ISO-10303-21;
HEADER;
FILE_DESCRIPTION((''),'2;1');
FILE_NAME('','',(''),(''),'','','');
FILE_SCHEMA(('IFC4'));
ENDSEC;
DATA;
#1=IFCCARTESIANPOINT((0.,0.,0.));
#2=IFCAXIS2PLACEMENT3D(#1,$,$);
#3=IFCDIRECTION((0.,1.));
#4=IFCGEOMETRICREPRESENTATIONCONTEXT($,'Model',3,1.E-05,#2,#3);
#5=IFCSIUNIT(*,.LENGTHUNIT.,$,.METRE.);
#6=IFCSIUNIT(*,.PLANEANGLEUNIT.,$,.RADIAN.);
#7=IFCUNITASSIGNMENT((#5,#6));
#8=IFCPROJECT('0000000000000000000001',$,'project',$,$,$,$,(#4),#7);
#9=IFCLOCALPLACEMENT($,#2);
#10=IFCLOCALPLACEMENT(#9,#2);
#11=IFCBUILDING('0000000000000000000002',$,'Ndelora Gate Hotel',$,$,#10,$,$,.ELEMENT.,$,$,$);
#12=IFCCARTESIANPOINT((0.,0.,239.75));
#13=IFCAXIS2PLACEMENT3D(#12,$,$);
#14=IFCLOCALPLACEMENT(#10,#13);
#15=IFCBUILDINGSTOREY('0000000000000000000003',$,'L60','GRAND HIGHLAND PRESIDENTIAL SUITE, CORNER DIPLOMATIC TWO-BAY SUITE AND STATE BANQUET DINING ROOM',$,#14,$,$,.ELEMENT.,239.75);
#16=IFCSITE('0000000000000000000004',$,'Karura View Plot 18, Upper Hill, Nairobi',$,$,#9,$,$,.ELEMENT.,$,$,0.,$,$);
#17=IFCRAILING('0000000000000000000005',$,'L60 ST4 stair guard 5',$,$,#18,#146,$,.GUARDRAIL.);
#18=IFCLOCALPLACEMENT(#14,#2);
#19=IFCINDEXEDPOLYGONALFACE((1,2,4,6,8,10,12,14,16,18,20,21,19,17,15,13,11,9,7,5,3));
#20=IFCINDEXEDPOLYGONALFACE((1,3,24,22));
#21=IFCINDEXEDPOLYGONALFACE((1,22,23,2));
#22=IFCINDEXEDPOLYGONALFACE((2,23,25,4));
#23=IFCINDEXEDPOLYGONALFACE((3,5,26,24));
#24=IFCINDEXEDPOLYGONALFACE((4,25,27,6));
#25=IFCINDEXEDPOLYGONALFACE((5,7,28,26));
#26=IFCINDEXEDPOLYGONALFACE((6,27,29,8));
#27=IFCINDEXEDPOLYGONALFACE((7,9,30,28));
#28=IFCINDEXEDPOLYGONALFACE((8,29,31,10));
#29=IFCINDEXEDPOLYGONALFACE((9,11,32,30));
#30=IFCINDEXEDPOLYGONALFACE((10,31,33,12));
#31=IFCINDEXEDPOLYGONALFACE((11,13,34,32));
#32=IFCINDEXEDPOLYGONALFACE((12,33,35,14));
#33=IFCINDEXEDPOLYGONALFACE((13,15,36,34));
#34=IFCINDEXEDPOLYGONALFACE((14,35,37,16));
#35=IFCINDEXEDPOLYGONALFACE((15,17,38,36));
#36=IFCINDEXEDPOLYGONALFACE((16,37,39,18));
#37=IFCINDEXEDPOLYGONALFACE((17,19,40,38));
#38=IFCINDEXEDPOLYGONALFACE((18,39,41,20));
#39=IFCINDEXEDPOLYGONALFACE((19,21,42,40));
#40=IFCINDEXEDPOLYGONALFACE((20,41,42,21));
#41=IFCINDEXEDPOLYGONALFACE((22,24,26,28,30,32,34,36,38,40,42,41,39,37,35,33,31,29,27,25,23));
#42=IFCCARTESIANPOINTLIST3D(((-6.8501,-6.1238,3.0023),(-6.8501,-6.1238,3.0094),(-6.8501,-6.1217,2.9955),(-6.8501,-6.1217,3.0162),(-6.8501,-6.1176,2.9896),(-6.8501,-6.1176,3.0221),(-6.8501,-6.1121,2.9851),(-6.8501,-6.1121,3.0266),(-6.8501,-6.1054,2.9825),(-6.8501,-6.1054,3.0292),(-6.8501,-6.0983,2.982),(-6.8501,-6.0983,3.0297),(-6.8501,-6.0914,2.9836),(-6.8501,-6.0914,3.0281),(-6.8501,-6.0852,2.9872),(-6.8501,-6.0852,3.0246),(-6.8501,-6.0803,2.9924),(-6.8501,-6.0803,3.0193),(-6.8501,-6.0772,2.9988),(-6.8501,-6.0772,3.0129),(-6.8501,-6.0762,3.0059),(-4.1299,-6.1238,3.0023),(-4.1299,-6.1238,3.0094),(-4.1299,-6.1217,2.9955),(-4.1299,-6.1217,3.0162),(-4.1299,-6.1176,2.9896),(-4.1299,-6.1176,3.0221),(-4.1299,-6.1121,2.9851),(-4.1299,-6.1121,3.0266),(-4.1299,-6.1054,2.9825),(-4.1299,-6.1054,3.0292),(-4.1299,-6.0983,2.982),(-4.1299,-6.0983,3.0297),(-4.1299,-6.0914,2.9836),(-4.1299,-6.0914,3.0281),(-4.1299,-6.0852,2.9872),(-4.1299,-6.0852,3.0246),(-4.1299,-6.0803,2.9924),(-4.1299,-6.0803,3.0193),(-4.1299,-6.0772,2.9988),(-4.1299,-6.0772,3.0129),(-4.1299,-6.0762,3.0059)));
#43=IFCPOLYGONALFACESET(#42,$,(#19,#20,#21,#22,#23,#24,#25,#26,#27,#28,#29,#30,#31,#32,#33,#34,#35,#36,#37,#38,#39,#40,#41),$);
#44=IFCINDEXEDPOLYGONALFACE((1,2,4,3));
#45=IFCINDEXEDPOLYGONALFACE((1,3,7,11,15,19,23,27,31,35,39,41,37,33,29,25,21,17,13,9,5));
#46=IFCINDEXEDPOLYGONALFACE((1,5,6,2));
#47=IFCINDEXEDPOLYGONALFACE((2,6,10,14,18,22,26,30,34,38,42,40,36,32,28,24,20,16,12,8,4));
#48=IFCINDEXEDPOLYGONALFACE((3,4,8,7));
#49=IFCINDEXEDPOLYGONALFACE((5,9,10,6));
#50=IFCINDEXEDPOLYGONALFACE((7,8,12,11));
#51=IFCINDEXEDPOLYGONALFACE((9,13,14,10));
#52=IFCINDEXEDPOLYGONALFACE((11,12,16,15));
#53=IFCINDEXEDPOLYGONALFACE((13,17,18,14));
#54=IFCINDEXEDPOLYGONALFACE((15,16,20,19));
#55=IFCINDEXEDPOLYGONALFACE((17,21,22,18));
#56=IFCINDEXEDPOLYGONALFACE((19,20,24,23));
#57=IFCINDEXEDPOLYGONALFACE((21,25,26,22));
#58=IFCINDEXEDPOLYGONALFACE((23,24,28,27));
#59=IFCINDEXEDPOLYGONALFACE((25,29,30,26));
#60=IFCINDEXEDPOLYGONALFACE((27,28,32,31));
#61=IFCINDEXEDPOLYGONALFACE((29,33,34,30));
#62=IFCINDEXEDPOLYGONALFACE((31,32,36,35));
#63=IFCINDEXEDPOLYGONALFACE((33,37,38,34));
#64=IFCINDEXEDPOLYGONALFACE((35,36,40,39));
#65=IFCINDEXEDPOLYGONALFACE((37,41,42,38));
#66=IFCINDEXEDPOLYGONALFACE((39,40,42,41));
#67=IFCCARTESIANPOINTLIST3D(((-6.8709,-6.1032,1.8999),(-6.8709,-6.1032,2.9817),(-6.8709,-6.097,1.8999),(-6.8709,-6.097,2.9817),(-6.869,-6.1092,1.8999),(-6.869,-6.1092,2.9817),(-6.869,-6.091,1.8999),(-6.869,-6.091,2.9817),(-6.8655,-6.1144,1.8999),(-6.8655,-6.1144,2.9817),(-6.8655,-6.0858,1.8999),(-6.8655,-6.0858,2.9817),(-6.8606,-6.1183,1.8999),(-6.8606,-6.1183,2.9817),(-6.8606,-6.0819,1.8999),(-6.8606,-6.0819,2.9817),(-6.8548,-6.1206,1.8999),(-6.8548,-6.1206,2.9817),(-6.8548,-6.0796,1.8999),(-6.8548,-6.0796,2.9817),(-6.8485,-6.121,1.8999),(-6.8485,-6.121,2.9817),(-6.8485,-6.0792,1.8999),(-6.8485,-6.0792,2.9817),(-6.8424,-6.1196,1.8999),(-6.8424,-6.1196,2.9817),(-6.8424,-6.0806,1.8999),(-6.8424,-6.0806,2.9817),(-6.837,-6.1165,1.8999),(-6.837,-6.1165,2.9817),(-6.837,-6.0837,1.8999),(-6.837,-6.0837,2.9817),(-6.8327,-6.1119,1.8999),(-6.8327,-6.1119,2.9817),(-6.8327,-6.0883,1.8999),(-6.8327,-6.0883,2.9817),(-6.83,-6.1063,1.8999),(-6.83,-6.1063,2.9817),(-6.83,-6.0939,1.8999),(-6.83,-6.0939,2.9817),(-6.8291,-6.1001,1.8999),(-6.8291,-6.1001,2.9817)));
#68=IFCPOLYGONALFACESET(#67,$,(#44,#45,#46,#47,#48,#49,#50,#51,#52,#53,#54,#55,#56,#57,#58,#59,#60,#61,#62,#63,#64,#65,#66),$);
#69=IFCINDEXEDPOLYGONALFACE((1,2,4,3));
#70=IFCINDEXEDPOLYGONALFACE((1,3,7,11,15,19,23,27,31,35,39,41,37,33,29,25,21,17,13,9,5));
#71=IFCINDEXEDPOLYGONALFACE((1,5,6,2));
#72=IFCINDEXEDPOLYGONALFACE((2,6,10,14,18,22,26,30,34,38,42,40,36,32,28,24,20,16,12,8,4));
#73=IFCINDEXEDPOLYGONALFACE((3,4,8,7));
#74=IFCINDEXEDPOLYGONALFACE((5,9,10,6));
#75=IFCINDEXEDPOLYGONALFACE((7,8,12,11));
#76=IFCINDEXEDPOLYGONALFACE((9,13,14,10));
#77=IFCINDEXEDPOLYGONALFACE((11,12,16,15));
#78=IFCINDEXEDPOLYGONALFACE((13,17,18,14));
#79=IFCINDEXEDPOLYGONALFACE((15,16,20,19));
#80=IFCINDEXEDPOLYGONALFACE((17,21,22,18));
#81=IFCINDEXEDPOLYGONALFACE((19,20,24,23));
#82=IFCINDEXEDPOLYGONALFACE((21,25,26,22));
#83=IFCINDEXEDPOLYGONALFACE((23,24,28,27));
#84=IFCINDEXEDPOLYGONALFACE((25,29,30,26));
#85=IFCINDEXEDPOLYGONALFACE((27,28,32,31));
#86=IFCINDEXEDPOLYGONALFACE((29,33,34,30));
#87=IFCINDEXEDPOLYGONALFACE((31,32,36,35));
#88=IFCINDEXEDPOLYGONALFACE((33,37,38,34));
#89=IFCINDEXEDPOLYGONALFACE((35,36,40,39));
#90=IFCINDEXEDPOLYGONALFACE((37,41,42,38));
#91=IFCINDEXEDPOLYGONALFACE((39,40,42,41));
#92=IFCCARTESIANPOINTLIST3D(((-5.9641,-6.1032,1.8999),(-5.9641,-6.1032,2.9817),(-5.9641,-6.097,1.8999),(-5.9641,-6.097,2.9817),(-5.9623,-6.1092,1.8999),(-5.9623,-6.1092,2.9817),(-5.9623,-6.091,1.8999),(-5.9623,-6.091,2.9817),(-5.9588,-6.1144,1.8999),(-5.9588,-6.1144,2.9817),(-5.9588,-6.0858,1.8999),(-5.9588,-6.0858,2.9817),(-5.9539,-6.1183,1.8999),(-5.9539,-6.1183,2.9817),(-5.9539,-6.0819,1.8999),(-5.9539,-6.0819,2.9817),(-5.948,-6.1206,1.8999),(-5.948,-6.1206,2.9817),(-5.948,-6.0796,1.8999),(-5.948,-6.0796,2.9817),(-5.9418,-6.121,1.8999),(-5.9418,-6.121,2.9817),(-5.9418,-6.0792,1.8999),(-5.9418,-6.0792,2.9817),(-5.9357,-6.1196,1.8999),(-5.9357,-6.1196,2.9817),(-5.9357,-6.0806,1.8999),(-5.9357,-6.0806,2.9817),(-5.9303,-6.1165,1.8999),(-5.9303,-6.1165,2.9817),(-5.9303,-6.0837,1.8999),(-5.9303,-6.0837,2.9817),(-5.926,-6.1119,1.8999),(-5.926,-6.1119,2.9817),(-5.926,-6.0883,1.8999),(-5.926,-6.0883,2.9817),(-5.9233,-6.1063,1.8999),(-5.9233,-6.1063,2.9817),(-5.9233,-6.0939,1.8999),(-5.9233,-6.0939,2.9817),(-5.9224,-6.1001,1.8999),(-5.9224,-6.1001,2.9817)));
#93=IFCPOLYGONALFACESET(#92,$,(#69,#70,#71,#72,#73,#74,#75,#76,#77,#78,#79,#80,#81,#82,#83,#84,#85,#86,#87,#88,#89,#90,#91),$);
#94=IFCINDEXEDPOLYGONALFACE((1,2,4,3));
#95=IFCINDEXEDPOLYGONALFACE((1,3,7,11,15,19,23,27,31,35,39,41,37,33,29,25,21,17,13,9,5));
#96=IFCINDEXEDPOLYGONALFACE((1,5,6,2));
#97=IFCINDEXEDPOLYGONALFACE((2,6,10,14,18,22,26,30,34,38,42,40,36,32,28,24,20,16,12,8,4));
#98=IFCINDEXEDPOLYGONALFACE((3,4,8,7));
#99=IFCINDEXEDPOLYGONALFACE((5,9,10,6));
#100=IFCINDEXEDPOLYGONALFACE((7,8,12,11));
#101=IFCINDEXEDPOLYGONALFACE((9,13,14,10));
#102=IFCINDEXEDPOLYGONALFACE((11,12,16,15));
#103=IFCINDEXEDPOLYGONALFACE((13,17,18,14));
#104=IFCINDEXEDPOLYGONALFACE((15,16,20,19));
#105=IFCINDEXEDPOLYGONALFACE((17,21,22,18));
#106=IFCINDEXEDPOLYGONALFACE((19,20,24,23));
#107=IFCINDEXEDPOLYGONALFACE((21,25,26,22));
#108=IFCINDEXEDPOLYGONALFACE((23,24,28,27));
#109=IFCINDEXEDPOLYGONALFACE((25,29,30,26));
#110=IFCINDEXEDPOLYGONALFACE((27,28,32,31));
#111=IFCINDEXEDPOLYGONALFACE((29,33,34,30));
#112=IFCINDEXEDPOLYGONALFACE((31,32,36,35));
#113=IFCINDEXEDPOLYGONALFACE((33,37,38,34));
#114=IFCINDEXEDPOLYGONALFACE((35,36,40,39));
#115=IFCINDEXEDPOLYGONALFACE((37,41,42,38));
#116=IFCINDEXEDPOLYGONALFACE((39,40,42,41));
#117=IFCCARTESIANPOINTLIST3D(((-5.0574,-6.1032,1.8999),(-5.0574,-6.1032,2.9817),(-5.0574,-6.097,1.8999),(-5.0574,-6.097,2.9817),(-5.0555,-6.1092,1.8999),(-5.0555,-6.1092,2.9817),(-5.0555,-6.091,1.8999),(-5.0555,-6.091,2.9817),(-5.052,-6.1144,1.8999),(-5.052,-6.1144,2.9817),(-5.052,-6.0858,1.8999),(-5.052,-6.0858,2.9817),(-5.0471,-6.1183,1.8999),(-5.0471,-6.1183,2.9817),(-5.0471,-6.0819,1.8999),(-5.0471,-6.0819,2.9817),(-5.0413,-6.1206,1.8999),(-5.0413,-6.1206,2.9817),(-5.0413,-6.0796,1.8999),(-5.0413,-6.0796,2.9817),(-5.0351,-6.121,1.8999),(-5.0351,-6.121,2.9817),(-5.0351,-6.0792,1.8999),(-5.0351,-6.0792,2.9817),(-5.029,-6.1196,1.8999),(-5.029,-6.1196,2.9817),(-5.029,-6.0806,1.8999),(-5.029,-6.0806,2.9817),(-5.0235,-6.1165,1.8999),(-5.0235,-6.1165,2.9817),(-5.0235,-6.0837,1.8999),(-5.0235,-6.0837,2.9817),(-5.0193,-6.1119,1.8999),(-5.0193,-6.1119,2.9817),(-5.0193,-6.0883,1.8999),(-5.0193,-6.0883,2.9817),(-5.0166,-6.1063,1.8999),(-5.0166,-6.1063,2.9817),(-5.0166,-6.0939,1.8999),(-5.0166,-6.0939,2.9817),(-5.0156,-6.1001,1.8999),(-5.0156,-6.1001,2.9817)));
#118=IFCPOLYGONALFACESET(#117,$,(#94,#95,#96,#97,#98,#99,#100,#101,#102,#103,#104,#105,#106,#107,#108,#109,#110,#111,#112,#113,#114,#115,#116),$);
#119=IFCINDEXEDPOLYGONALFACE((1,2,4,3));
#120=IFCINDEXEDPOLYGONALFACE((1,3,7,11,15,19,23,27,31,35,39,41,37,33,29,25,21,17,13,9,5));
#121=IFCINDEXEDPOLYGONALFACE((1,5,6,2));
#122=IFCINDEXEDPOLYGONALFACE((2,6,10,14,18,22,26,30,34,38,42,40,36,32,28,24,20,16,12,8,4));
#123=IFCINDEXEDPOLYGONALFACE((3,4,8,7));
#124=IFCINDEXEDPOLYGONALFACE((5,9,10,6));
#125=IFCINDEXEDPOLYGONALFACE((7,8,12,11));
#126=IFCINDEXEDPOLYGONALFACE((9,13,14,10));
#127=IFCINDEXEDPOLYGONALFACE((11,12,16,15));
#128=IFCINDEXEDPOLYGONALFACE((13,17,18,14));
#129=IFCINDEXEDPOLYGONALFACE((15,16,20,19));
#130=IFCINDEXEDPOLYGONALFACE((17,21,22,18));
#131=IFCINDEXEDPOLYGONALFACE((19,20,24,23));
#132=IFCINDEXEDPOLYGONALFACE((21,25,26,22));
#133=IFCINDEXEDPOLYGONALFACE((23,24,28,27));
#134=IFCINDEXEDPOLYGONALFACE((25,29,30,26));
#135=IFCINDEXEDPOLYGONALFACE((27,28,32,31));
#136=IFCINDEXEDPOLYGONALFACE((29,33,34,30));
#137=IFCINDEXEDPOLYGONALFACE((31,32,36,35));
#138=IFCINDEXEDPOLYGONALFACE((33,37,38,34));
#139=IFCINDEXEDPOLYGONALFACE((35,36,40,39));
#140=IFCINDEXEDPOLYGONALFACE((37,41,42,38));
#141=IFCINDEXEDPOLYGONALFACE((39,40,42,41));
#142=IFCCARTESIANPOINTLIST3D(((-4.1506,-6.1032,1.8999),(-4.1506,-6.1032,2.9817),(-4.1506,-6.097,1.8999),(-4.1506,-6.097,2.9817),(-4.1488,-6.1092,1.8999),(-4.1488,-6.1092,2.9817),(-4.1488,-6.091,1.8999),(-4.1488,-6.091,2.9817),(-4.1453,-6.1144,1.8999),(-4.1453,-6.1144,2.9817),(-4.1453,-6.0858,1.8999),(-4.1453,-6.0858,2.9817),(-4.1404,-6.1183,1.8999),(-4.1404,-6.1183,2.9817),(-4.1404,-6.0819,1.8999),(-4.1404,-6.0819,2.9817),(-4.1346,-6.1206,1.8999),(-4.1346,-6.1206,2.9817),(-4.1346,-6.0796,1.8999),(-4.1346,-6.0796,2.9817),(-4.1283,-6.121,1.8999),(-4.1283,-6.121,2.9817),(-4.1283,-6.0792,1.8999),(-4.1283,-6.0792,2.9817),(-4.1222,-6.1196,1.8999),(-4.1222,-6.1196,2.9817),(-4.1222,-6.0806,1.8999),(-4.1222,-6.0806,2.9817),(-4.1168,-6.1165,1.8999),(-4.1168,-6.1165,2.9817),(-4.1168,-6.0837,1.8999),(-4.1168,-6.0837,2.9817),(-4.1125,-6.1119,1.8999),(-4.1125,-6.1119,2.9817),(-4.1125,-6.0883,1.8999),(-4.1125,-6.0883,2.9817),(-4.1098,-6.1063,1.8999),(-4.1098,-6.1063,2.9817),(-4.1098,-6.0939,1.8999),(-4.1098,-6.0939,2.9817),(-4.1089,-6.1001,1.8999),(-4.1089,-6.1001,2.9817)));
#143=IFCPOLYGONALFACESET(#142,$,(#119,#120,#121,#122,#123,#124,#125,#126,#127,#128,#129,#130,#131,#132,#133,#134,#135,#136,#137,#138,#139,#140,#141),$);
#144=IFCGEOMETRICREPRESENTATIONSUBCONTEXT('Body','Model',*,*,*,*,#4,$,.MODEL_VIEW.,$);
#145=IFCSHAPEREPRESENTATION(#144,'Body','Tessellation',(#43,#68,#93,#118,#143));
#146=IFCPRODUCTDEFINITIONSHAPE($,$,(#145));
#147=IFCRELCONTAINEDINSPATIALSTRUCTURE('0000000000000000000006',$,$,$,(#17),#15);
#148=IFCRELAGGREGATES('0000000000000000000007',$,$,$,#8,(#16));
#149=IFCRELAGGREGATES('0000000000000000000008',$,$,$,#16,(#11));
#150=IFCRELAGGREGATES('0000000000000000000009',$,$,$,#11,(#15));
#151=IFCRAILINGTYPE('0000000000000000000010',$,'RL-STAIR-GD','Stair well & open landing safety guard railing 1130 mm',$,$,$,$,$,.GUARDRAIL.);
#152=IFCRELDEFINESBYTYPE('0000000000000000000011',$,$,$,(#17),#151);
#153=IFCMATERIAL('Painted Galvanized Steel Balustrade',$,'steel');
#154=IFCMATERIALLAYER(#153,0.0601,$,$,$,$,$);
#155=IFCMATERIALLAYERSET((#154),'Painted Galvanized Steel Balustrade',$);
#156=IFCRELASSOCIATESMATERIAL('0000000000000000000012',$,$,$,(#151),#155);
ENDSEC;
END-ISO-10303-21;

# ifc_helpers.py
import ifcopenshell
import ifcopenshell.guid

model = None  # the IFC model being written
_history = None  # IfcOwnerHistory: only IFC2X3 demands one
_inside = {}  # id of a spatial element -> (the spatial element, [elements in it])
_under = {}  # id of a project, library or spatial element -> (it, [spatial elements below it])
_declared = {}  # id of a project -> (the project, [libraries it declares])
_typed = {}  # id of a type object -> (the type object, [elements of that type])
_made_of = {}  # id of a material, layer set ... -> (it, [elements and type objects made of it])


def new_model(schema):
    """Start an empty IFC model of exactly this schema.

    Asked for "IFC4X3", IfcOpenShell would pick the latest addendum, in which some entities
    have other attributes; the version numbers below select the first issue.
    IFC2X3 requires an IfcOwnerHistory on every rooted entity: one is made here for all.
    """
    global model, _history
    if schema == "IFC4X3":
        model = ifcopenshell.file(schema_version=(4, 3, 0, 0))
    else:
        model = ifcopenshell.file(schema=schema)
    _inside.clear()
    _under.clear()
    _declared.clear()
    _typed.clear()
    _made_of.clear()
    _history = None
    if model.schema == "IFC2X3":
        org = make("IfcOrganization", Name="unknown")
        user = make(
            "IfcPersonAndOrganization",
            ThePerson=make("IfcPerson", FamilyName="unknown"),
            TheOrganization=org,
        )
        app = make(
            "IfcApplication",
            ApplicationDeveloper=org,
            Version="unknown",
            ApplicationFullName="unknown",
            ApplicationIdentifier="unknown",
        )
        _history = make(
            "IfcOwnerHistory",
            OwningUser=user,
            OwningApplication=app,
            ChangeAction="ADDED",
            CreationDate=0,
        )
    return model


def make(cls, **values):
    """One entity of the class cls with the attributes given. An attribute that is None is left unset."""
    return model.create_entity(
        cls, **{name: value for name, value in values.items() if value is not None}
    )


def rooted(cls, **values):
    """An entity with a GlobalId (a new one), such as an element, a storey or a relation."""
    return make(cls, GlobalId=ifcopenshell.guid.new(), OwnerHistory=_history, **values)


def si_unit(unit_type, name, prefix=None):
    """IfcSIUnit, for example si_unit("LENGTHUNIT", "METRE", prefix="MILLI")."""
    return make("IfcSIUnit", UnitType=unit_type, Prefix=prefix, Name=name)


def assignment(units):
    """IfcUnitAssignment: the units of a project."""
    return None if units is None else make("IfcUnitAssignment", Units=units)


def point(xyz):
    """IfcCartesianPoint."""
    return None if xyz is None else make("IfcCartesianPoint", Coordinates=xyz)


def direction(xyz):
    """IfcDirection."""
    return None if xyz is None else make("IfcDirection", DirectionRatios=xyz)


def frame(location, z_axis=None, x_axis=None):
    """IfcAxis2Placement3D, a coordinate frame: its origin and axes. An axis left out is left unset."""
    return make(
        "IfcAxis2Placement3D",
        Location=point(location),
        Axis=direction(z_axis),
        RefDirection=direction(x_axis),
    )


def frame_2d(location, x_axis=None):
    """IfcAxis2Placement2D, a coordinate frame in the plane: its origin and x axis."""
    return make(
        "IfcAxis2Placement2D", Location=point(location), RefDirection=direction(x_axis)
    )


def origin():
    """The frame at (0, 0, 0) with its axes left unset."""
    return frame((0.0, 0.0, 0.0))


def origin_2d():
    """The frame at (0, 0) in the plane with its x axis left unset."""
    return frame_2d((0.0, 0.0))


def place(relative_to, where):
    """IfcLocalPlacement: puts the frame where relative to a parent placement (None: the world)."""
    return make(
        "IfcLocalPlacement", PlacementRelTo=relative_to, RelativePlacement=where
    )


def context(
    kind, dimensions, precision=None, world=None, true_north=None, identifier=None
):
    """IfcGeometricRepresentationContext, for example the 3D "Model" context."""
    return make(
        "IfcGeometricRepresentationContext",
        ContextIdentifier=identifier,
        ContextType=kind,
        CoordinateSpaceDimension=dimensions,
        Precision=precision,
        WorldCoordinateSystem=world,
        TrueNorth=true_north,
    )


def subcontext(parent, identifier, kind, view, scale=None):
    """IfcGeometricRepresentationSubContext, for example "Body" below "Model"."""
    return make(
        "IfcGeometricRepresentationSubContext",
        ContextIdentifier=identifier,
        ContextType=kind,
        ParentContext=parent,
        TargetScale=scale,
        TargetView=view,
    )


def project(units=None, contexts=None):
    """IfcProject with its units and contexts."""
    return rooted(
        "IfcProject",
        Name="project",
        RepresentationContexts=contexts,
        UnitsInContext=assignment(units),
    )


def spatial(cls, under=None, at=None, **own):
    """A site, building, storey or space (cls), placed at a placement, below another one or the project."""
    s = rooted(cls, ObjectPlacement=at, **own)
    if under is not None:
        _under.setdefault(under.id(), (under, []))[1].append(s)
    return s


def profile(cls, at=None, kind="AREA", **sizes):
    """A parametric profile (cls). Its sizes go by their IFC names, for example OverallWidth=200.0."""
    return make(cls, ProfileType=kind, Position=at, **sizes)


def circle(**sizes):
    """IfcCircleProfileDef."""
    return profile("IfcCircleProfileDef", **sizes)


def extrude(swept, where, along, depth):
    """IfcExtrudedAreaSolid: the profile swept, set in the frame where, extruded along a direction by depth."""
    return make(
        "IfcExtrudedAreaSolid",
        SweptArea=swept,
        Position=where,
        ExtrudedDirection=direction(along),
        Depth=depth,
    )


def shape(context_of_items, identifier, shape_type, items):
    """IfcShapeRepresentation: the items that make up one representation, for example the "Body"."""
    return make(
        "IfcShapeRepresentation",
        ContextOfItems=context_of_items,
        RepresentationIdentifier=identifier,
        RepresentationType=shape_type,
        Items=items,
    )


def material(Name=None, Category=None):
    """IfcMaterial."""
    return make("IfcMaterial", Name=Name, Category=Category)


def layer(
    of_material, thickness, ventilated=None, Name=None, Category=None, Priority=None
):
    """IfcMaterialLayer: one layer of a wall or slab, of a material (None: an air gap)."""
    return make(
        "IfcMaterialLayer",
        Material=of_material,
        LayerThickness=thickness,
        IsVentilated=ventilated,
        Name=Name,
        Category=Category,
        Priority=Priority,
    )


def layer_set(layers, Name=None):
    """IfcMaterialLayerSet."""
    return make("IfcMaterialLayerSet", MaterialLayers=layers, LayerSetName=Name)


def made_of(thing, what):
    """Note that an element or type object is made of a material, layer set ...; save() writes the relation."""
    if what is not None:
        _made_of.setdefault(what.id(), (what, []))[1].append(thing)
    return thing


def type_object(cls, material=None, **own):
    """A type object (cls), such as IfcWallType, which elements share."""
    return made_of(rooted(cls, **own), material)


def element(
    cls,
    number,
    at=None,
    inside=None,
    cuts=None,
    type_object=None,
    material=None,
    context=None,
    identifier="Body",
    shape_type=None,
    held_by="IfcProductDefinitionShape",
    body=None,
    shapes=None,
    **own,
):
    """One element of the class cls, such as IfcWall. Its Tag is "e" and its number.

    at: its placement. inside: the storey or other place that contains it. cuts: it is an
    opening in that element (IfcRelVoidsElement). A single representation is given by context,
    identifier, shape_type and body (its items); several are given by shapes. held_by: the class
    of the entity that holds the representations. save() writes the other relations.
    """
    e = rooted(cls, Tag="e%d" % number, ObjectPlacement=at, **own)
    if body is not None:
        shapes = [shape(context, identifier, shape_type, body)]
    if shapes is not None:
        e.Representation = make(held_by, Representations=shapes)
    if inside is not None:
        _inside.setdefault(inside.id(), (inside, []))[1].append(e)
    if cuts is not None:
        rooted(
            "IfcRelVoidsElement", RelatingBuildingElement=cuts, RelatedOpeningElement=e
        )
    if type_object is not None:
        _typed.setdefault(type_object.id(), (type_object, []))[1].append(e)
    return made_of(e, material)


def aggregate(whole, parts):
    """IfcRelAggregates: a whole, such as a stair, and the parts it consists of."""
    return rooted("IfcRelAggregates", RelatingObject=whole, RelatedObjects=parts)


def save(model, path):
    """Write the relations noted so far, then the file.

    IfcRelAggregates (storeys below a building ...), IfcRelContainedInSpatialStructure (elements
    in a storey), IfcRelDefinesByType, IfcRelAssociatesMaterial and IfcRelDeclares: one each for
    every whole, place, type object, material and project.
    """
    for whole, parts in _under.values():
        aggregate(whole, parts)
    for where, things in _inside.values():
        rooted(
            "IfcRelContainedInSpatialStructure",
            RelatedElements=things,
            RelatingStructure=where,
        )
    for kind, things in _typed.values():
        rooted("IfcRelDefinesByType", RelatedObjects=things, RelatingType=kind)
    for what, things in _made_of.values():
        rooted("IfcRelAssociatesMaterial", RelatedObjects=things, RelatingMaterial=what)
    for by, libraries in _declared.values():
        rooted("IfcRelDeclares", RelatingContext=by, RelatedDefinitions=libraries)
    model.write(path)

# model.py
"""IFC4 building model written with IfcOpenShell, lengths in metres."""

from ifc_helpers import new_model, si_unit, direction, frame, origin, origin_2d, place, context, subcontext, project, spatial, circle, extrude, material, layer, layer_set, type_object, element, save


model = new_model("IFC4")

# Units and contexts
model_context = context("Model", 3, precision=1e-05, world=origin(), true_north=direction((0.0, 1.0)))
body_context = subcontext(model_context, "Body", "Model", "MODEL_VIEW")
ifc_project = project(units=[si_unit("LENGTHUNIT", "METRE"), si_unit("PLANEANGLEUNIT", "RADIAN")], contexts=[model_context])

# Site, building, storey
site_placement = place(None, origin())
site = spatial("IfcSite", under=ifc_project, at=site_placement, Name="Karura View Plot 18, Upper Hill, Nairobi", CompositionType="ELEMENT", RefElevation=0.0)
building_placement = place(site_placement, origin())
building = spatial("IfcBuilding", under=site, at=building_placement, Name="Ndelora Gate Hotel", CompositionType="ELEMENT")
storey_placement = place(building_placement, frame((0.0, 0.0, 239.75)))
storey = spatial("IfcBuildingStorey", under=building, at=storey_placement, Name="L60", Description="GRAND HIGHLAND PRESIDENTIAL SUITE, CORNER DIPLOMATIC TWO-BAY SUITE AND STATE BANQUET DINING ROOM", CompositionType="ELEMENT", Elevation=239.75)

# Railing
ifc_material_1 = material(Name="Painted Galvanized Steel Balustrade", Category="steel")
ifc_layer_1 = layer(ifc_material_1, 0.0601)
ifc_layer_set_1 = layer_set([ifc_layer_1], Name="Painted Galvanized Steel Balustrade")
railing_type_1 = type_object("IfcRailingType", Name="RL-STAIR-GD", Description="Stair well & open landing safety guard railing 1130 mm", PredefinedType="GUARDRAIL", material=ifc_layer_set_1)
railing_1_placement = place(storey_placement, frame((-6.8501, -6.1001, 1.8999)))
element("IfcRailing", 1, at=railing_1_placement, inside=storey, type_object=railing_type_1, Name="L60 ST4 stair guard 5", PredefinedType="GUARDRAIL", context=body_context, shape_type="SweptSolid", body=[
    extrude(circle(Radius=0.0239, at=origin_2d()), frame((0.0, 0.0, 1.106), z_axis=(1.0, 0.0, 0.0), x_axis=(0.0, 1.0, 0.0)), (0.0, 0.0, 1.0), 2.7202),
    extrude(circle(Radius=0.021, at=origin_2d()), origin(), (0.0, 0.0, 1.0), 1.0818),
    extrude(circle(Radius=0.021, at=origin_2d()), frame((0.9067, 0.0, 0.0)), (0.0, 0.0, 1.0), 1.0818),
    extrude(circle(Radius=0.021, at=origin_2d()), frame((1.8135, 0.0, 0.0)), (0.0, 0.0, 1.0), 1.0818),
    extrude(circle(Radius=0.021, at=origin_2d()), frame((2.7202, 0.0, 0.0)), (0.0, 0.0, 1.0), 1.0818),
])

save(model, "model.ifc")
